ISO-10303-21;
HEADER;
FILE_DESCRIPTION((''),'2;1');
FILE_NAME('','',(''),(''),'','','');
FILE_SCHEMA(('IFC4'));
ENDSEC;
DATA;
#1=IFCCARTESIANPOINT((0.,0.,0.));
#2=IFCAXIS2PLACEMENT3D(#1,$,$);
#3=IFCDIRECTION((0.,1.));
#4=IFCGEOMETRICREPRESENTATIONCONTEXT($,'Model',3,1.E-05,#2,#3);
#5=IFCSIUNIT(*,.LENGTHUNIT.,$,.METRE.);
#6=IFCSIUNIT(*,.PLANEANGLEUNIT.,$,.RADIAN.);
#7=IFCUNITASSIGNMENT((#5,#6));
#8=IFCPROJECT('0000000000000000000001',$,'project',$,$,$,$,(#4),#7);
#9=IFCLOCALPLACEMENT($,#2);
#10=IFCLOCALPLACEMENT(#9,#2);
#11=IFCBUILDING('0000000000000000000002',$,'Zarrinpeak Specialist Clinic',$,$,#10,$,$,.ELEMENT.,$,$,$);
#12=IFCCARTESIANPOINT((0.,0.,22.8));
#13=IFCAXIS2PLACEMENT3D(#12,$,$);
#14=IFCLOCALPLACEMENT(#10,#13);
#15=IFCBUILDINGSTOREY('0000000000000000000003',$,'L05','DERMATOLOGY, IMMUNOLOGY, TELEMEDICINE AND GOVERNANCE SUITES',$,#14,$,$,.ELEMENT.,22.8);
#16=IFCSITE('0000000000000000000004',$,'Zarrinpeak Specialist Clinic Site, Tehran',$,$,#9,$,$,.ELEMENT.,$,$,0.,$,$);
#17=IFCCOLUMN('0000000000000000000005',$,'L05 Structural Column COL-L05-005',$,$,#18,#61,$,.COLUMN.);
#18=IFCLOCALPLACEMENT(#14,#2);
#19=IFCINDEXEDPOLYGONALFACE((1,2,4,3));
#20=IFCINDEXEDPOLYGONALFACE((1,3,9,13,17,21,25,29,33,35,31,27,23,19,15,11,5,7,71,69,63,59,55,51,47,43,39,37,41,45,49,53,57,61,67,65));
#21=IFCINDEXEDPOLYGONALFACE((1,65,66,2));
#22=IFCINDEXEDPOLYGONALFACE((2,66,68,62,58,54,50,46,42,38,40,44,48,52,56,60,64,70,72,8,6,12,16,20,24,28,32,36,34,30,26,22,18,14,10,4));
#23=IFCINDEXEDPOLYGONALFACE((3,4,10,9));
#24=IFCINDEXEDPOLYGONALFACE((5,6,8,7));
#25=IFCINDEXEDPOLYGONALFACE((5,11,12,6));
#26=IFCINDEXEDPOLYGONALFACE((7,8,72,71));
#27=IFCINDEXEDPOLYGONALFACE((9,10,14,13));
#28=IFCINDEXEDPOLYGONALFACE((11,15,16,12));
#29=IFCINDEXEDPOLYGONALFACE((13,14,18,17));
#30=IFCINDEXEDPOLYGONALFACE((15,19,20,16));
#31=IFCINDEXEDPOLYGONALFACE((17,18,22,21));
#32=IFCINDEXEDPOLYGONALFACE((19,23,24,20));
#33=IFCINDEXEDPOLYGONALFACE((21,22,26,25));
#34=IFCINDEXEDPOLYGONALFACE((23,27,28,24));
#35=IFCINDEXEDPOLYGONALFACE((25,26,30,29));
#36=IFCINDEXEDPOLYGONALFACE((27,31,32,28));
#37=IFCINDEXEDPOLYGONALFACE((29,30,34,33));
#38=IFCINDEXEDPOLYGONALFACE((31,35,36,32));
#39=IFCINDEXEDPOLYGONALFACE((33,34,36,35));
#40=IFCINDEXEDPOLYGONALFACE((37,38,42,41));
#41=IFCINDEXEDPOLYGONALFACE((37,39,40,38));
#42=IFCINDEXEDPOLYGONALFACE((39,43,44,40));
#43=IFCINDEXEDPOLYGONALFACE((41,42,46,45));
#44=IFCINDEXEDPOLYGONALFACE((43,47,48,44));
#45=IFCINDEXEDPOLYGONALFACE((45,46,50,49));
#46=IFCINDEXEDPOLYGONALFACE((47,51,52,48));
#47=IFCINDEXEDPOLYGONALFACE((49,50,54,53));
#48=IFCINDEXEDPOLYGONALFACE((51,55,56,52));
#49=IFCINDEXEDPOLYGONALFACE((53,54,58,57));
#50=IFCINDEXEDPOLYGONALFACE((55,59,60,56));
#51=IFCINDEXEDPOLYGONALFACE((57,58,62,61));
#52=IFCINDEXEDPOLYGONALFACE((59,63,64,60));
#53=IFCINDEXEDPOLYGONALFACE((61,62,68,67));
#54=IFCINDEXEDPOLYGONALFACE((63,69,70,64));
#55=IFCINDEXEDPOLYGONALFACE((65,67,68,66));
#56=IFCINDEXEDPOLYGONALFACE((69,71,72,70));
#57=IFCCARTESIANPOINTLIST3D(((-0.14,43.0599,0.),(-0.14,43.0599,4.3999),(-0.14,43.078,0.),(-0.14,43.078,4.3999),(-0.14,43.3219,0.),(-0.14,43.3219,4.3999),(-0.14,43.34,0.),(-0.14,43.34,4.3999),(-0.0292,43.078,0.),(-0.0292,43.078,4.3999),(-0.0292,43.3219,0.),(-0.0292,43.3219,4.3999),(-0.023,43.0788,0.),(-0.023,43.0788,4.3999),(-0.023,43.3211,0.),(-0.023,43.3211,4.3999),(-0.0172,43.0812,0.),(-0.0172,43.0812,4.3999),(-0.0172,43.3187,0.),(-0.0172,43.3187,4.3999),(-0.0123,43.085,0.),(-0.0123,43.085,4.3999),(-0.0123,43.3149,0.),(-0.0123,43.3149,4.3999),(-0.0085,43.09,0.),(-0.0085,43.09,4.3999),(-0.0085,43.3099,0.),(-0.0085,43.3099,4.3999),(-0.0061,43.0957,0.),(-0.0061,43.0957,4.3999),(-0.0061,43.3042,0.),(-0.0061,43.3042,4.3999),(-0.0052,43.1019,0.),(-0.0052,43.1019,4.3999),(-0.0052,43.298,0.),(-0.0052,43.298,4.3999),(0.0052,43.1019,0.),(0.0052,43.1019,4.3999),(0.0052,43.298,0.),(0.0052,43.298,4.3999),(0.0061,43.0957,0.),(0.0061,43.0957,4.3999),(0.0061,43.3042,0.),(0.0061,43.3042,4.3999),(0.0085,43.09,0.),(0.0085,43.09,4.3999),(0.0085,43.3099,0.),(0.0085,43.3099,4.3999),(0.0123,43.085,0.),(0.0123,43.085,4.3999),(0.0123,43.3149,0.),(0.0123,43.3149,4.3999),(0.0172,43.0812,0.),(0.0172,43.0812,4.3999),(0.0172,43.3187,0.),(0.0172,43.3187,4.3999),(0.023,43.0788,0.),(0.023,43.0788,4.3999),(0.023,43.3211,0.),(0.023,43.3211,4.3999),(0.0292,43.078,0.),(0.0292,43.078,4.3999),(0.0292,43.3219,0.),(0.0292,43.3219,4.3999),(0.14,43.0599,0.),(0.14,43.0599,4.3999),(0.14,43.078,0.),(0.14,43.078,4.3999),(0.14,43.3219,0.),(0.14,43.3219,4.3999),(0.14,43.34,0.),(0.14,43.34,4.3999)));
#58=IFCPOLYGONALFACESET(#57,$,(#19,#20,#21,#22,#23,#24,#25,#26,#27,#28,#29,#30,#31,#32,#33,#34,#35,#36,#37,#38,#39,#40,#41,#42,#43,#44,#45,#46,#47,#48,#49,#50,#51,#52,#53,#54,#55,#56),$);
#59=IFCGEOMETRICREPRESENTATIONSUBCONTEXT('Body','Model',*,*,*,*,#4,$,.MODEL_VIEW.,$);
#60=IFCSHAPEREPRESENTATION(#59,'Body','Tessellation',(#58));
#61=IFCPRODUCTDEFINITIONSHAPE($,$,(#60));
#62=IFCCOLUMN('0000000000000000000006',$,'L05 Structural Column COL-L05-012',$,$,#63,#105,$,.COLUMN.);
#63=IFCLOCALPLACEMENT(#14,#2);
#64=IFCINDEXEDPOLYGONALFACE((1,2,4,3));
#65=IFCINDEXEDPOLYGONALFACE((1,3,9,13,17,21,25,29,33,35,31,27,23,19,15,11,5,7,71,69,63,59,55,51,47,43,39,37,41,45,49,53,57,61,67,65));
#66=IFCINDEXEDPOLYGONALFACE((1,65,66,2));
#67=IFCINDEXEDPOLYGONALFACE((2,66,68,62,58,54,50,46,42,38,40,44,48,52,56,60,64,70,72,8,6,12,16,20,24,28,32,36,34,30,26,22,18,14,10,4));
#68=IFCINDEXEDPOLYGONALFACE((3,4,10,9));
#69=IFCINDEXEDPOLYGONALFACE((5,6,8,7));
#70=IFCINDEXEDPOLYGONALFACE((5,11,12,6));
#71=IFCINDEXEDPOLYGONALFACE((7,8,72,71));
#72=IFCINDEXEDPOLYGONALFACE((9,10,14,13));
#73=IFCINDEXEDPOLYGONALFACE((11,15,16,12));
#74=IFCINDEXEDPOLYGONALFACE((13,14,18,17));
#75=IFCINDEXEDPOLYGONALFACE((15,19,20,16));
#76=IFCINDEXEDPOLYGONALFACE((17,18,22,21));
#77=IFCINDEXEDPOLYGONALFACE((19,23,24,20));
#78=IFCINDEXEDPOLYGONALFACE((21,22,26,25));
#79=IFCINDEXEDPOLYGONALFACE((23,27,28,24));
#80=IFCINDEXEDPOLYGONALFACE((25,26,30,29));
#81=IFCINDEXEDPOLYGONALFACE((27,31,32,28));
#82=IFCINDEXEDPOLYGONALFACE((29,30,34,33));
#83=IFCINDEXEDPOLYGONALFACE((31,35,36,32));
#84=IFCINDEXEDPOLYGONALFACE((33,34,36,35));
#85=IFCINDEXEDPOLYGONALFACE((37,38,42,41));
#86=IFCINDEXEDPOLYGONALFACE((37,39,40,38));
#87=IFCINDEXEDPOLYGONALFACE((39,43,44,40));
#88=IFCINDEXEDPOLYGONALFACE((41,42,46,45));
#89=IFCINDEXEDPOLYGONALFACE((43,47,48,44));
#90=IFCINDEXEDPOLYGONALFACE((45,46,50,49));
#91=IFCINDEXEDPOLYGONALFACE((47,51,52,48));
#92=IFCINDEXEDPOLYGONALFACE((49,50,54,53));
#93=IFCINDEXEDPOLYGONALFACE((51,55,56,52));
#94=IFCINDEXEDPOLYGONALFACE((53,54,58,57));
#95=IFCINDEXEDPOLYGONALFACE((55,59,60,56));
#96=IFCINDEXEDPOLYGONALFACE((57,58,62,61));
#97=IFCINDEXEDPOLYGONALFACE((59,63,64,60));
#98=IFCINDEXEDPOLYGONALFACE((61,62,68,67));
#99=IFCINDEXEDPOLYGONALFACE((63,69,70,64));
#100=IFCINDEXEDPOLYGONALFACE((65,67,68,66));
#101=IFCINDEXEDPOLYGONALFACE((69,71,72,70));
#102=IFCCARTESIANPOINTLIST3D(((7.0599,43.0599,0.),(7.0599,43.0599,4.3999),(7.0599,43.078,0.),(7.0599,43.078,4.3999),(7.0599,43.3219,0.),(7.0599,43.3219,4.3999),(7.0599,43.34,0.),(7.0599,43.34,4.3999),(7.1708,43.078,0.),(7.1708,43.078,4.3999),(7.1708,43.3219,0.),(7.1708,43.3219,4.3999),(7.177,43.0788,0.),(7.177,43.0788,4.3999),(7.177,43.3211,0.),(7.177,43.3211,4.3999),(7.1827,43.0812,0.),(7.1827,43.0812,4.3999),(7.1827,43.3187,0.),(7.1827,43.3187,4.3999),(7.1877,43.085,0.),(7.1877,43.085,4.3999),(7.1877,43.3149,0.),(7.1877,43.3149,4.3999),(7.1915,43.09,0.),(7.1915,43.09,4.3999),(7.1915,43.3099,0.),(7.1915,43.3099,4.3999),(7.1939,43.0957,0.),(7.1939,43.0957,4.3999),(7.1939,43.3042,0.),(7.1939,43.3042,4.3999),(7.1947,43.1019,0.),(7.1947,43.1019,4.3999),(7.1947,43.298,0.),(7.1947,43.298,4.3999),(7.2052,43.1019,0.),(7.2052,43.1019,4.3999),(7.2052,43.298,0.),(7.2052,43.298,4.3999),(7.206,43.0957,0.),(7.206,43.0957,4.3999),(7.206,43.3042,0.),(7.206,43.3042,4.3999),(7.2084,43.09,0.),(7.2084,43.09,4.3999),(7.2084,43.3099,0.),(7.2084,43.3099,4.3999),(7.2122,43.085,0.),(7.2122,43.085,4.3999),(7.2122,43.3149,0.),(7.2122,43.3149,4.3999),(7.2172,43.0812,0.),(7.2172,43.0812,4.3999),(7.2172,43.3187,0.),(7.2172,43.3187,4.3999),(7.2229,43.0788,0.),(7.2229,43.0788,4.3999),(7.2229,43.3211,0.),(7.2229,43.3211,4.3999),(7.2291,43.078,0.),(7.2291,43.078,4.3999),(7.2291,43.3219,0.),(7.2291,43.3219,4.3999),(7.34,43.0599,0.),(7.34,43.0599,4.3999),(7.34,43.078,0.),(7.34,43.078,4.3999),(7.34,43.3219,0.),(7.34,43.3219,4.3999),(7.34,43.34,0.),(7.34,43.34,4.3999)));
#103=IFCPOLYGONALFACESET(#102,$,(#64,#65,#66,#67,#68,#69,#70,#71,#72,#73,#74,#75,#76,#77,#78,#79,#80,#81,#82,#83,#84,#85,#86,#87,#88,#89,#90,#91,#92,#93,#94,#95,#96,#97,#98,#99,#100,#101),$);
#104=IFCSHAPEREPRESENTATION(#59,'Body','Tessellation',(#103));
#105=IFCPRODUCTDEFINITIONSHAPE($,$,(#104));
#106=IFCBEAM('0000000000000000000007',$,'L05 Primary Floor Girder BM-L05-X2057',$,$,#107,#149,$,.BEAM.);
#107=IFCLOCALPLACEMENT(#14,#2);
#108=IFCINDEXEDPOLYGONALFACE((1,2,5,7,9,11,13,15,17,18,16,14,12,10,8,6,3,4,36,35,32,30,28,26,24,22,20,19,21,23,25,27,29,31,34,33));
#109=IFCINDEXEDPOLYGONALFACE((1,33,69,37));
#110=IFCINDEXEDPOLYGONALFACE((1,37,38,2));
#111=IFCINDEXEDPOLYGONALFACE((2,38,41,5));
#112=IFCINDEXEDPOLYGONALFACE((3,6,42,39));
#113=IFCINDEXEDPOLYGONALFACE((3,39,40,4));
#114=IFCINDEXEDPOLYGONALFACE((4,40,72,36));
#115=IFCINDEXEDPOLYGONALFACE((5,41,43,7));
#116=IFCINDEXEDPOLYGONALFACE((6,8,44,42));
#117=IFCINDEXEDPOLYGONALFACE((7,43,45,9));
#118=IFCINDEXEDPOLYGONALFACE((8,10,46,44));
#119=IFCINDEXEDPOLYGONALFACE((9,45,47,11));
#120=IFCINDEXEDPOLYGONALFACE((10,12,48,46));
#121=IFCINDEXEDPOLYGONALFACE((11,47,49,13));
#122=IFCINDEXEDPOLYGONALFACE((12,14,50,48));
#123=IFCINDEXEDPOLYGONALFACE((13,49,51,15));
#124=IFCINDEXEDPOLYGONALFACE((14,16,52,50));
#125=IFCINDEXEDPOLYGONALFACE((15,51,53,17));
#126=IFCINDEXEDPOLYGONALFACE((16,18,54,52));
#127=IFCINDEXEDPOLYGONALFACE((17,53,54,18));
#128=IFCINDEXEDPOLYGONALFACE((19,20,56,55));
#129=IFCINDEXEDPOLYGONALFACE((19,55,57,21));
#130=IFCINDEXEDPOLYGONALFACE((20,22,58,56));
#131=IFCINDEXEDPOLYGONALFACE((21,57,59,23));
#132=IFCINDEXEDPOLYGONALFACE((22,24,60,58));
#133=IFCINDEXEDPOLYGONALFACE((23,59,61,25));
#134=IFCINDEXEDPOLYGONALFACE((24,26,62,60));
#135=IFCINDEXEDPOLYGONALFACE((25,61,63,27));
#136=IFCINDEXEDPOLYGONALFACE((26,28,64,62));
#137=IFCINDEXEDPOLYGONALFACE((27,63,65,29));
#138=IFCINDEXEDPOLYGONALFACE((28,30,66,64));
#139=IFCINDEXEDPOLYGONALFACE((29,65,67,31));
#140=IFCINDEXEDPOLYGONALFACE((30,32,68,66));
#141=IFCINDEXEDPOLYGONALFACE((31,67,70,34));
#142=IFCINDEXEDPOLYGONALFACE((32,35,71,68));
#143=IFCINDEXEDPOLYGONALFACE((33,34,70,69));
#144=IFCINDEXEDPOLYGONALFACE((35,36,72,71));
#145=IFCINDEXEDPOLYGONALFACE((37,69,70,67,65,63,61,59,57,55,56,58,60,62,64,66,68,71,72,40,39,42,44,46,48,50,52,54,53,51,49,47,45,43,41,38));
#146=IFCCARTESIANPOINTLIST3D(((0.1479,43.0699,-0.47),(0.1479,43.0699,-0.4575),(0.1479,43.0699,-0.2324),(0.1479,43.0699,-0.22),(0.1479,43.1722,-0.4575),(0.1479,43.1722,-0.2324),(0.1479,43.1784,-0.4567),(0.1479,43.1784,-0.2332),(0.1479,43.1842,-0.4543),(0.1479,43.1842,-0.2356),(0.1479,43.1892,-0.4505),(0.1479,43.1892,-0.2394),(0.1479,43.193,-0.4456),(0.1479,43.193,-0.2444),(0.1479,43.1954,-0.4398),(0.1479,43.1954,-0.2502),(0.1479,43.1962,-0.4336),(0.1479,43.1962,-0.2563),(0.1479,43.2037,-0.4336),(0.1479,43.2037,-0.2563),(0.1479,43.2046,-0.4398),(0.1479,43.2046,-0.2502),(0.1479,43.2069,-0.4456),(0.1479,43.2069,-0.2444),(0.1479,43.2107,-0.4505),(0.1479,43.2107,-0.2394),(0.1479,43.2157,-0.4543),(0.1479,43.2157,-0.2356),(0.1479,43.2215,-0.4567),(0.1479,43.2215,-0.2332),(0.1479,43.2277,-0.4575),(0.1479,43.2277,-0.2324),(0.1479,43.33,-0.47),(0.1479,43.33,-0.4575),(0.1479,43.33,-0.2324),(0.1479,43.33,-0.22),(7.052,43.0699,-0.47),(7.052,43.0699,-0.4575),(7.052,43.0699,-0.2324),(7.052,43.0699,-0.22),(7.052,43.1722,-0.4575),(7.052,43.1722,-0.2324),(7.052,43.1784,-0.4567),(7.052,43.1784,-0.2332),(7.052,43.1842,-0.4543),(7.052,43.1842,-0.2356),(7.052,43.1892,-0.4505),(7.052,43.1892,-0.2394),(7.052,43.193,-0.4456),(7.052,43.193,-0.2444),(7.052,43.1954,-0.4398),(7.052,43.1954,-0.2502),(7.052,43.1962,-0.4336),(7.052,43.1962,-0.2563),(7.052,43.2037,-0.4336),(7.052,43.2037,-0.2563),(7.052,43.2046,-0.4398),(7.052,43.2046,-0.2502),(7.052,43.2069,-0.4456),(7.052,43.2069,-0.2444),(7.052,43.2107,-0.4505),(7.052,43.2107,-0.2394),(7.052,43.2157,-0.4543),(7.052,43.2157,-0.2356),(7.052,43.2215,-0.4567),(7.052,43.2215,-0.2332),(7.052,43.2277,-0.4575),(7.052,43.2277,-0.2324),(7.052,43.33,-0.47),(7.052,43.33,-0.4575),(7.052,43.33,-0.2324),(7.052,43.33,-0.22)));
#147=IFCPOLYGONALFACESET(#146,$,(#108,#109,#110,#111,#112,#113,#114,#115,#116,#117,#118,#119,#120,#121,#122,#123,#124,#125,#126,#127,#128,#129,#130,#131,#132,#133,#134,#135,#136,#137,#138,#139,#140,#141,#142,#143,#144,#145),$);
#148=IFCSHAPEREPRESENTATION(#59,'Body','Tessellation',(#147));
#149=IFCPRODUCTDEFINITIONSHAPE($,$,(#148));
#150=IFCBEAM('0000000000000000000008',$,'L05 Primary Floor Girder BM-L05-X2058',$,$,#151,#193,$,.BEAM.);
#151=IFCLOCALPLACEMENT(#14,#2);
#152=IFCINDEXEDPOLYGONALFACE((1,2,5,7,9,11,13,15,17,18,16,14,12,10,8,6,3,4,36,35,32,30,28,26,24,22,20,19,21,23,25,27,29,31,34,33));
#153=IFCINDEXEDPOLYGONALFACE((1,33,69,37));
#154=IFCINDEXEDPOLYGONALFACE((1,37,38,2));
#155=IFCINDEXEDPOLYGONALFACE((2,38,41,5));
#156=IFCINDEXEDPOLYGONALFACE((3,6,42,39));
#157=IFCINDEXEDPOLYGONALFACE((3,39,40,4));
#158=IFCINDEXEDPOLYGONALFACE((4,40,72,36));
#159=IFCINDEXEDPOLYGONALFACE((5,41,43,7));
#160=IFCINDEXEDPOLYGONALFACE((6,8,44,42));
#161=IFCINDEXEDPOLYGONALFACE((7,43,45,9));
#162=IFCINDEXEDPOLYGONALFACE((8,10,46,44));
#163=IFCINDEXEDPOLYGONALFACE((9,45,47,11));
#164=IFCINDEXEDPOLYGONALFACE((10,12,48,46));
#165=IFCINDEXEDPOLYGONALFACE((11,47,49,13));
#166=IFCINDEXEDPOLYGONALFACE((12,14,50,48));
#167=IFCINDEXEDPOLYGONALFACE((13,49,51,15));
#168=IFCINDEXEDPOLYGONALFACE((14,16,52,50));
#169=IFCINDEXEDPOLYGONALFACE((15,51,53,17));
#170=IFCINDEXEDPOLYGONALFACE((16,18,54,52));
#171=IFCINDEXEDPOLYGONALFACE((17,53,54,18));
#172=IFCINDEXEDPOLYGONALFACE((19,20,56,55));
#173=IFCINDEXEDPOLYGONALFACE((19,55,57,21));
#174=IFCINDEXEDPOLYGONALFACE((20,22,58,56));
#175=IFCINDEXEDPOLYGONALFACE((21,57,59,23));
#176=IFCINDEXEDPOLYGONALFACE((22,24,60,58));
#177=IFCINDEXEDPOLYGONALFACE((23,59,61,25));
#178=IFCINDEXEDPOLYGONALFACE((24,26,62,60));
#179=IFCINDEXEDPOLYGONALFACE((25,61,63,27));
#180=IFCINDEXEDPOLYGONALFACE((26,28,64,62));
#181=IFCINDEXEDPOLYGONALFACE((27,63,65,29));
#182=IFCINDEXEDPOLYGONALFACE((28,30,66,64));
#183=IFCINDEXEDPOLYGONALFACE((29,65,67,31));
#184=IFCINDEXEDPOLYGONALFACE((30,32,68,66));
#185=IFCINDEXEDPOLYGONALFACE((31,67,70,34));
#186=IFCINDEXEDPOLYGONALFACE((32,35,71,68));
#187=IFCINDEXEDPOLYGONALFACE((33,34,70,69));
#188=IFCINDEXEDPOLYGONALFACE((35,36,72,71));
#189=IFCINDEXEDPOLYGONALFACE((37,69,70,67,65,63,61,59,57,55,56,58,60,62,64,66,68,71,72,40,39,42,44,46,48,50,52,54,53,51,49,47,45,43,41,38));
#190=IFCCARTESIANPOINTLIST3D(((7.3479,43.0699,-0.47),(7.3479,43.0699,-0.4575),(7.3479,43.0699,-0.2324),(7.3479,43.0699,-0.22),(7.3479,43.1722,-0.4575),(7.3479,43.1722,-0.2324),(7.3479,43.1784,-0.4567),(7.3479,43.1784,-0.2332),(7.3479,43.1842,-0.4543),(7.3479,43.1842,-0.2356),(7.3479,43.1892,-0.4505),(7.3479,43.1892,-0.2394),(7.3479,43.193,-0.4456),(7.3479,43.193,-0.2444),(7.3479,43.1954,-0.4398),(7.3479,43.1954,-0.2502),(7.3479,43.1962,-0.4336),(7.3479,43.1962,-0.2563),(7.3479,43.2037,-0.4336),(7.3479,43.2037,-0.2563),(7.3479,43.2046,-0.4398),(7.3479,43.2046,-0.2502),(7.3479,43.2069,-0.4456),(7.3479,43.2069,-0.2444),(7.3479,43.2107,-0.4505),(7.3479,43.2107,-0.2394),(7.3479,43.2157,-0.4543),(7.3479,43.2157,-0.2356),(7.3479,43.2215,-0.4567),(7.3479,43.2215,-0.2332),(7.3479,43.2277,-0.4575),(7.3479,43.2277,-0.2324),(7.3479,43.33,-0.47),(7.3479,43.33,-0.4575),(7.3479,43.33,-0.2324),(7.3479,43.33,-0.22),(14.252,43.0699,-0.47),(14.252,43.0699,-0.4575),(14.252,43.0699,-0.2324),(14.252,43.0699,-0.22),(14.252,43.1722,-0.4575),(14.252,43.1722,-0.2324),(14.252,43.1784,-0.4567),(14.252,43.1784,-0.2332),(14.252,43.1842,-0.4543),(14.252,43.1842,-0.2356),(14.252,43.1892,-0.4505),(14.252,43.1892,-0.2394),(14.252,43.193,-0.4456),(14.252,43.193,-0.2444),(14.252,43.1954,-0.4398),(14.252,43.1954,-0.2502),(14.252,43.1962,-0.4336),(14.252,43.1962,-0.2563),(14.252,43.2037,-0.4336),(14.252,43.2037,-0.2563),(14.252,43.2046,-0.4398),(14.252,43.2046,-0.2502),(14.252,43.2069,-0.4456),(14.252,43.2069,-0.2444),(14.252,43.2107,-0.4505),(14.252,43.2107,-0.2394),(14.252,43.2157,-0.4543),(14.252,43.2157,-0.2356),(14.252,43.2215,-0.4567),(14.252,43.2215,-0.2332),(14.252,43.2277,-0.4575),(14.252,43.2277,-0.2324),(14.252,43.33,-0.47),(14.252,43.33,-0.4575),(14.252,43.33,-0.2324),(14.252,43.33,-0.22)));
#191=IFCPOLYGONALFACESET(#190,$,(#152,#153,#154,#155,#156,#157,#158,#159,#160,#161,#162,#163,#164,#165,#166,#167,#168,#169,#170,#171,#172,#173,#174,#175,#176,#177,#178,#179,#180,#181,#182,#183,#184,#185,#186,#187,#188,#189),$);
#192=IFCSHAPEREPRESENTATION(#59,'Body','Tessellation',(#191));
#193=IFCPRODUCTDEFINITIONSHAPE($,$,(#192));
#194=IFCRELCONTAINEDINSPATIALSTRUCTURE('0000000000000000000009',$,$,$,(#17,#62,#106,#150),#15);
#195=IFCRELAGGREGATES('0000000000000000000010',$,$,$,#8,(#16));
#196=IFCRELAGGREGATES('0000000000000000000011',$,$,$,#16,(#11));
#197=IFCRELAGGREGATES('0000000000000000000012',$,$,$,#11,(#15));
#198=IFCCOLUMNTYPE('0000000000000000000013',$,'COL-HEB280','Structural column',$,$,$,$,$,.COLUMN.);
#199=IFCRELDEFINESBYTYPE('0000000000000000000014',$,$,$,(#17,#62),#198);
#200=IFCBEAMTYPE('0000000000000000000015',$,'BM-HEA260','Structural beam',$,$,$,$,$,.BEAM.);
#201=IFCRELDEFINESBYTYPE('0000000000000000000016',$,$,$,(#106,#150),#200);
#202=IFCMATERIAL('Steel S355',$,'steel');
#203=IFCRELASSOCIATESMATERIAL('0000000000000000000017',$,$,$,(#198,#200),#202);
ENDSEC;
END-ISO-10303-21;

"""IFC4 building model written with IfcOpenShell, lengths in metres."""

from ifc_helpers import new_model, si_unit, direction, frame, origin, origin_2d, place, context, subcontext, project, spatial, i_section, extrude, material, material_profile, profile_set, type_object, element, save


model = new_model("IFC4")

# Units and contexts
model_context = context("Model", 3, precision=1e-05, world=origin(), true_north=direction((0.0, 1.0)))
body_context = subcontext(model_context, "Body", "Model", "MODEL_VIEW")
ifc_project = project(units=[si_unit("LENGTHUNIT", "METRE"), si_unit("PLANEANGLEUNIT", "RADIAN")], contexts=[model_context])

# Site, building, storey
site_placement = place(None, origin())
site = spatial("IfcSite", under=ifc_project, at=site_placement, Name="Zarrinpeak Specialist Clinic Site, Tehran", CompositionType="ELEMENT", RefElevation=0.0)
building_placement = place(site_placement, origin())
building = spatial("IfcBuilding", under=site, at=building_placement, Name="Zarrinpeak Specialist Clinic", CompositionType="ELEMENT")
storey_placement = place(building_placement, frame((0.0, 0.0, 22.8)))
storey = spatial("IfcBuildingStorey", under=building, at=storey_placement, Name="L05", Description="DERMATOLOGY, IMMUNOLOGY, TELEMEDICINE AND GOVERNANCE SUITES", CompositionType="ELEMENT", Elevation=22.8)

# Columns
ifc_material_1 = material(Name="Steel S355", Category="steel")
ifc_material_profile_1 = material_profile(ifc_material_1, i_section(OverallWidth=0.28, OverallDepth=0.28, WebThickness=0.0105, FlangeThickness=0.0181, FilletRadius=0.0239, at=origin_2d()), Name="HEB 280")
ifc_profile_set_1 = profile_set([ifc_material_profile_1], Name="Steel S355")
column_type = type_object("IfcColumnType", Name="COL-HEB280", Description="Structural column", PredefinedType="COLUMN", material=ifc_profile_set_1)
for number, where, z_axis, x_axis, name in (
    (1, (0.0, 43.2, 0.0), (0.0, 0.0, 1.0), (1.0, 0.0, 0.0), "L05 Structural Column COL-L05-005"),
    (2, (7.2, 43.2, 0.0), (0.0, 0.0, 1.0), (1.0, 0.0, 0.0), "L05 Structural Column COL-L05-012"),
):
    element("IfcColumn", number, at=place(storey_placement, frame(where, z_axis=z_axis, x_axis=x_axis)), inside=storey, type_object=column_type, Name=name, PredefinedType="COLUMN", context=body_context, shape_type="SweptSolid", body=[
        extrude(i_section(OverallWidth=0.28, OverallDepth=0.28, WebThickness=0.0105, FlangeThickness=0.0181, FilletRadius=0.0239, at=origin_2d()), origin(), (0.0, 0.0, 1.0), 4.3999),
    ])

# Beams
ifc_material_profile_2 = material_profile(ifc_material_1, i_section(OverallWidth=0.26, OverallDepth=0.25, WebThickness=0.0076, FlangeThickness=0.0125, FilletRadius=0.0239, at=origin_2d()), Name="HEA 260")
ifc_profile_set_2 = profile_set([ifc_material_profile_2], Name="Steel S355")
beam_type = type_object("IfcBeamType", Name="BM-HEA260", Description="Structural beam", PredefinedType="BEAM", material=ifc_profile_set_2)
for number, where, z_axis, x_axis, name in (
    (3, (0.1479, 43.2, -0.345), (1.0, 0.0, 0.0), (0.0, 1.0, 0.0), "L05 Primary Floor Girder BM-L05-X2057"),
    (4, (7.3479, 43.2, -0.345), (1.0, 0.0, 0.0), (0.0, 1.0, 0.0), "L05 Primary Floor Girder BM-L05-X2058"),
):
    element("IfcBeam", number, at=place(storey_placement, frame(where, z_axis=z_axis, x_axis=x_axis)), inside=storey, type_object=beam_type, Name=name, PredefinedType="BEAM", context=body_context, shape_type="SweptSolid", body=[
        extrude(i_section(OverallWidth=0.26, OverallDepth=0.25, WebThickness=0.0076, FlangeThickness=0.0125, FilletRadius=0.0239, at=origin_2d()), origin(), (0.0, 0.0, 1.0), 6.9041),
    ])

save(model, "model.ifc")
